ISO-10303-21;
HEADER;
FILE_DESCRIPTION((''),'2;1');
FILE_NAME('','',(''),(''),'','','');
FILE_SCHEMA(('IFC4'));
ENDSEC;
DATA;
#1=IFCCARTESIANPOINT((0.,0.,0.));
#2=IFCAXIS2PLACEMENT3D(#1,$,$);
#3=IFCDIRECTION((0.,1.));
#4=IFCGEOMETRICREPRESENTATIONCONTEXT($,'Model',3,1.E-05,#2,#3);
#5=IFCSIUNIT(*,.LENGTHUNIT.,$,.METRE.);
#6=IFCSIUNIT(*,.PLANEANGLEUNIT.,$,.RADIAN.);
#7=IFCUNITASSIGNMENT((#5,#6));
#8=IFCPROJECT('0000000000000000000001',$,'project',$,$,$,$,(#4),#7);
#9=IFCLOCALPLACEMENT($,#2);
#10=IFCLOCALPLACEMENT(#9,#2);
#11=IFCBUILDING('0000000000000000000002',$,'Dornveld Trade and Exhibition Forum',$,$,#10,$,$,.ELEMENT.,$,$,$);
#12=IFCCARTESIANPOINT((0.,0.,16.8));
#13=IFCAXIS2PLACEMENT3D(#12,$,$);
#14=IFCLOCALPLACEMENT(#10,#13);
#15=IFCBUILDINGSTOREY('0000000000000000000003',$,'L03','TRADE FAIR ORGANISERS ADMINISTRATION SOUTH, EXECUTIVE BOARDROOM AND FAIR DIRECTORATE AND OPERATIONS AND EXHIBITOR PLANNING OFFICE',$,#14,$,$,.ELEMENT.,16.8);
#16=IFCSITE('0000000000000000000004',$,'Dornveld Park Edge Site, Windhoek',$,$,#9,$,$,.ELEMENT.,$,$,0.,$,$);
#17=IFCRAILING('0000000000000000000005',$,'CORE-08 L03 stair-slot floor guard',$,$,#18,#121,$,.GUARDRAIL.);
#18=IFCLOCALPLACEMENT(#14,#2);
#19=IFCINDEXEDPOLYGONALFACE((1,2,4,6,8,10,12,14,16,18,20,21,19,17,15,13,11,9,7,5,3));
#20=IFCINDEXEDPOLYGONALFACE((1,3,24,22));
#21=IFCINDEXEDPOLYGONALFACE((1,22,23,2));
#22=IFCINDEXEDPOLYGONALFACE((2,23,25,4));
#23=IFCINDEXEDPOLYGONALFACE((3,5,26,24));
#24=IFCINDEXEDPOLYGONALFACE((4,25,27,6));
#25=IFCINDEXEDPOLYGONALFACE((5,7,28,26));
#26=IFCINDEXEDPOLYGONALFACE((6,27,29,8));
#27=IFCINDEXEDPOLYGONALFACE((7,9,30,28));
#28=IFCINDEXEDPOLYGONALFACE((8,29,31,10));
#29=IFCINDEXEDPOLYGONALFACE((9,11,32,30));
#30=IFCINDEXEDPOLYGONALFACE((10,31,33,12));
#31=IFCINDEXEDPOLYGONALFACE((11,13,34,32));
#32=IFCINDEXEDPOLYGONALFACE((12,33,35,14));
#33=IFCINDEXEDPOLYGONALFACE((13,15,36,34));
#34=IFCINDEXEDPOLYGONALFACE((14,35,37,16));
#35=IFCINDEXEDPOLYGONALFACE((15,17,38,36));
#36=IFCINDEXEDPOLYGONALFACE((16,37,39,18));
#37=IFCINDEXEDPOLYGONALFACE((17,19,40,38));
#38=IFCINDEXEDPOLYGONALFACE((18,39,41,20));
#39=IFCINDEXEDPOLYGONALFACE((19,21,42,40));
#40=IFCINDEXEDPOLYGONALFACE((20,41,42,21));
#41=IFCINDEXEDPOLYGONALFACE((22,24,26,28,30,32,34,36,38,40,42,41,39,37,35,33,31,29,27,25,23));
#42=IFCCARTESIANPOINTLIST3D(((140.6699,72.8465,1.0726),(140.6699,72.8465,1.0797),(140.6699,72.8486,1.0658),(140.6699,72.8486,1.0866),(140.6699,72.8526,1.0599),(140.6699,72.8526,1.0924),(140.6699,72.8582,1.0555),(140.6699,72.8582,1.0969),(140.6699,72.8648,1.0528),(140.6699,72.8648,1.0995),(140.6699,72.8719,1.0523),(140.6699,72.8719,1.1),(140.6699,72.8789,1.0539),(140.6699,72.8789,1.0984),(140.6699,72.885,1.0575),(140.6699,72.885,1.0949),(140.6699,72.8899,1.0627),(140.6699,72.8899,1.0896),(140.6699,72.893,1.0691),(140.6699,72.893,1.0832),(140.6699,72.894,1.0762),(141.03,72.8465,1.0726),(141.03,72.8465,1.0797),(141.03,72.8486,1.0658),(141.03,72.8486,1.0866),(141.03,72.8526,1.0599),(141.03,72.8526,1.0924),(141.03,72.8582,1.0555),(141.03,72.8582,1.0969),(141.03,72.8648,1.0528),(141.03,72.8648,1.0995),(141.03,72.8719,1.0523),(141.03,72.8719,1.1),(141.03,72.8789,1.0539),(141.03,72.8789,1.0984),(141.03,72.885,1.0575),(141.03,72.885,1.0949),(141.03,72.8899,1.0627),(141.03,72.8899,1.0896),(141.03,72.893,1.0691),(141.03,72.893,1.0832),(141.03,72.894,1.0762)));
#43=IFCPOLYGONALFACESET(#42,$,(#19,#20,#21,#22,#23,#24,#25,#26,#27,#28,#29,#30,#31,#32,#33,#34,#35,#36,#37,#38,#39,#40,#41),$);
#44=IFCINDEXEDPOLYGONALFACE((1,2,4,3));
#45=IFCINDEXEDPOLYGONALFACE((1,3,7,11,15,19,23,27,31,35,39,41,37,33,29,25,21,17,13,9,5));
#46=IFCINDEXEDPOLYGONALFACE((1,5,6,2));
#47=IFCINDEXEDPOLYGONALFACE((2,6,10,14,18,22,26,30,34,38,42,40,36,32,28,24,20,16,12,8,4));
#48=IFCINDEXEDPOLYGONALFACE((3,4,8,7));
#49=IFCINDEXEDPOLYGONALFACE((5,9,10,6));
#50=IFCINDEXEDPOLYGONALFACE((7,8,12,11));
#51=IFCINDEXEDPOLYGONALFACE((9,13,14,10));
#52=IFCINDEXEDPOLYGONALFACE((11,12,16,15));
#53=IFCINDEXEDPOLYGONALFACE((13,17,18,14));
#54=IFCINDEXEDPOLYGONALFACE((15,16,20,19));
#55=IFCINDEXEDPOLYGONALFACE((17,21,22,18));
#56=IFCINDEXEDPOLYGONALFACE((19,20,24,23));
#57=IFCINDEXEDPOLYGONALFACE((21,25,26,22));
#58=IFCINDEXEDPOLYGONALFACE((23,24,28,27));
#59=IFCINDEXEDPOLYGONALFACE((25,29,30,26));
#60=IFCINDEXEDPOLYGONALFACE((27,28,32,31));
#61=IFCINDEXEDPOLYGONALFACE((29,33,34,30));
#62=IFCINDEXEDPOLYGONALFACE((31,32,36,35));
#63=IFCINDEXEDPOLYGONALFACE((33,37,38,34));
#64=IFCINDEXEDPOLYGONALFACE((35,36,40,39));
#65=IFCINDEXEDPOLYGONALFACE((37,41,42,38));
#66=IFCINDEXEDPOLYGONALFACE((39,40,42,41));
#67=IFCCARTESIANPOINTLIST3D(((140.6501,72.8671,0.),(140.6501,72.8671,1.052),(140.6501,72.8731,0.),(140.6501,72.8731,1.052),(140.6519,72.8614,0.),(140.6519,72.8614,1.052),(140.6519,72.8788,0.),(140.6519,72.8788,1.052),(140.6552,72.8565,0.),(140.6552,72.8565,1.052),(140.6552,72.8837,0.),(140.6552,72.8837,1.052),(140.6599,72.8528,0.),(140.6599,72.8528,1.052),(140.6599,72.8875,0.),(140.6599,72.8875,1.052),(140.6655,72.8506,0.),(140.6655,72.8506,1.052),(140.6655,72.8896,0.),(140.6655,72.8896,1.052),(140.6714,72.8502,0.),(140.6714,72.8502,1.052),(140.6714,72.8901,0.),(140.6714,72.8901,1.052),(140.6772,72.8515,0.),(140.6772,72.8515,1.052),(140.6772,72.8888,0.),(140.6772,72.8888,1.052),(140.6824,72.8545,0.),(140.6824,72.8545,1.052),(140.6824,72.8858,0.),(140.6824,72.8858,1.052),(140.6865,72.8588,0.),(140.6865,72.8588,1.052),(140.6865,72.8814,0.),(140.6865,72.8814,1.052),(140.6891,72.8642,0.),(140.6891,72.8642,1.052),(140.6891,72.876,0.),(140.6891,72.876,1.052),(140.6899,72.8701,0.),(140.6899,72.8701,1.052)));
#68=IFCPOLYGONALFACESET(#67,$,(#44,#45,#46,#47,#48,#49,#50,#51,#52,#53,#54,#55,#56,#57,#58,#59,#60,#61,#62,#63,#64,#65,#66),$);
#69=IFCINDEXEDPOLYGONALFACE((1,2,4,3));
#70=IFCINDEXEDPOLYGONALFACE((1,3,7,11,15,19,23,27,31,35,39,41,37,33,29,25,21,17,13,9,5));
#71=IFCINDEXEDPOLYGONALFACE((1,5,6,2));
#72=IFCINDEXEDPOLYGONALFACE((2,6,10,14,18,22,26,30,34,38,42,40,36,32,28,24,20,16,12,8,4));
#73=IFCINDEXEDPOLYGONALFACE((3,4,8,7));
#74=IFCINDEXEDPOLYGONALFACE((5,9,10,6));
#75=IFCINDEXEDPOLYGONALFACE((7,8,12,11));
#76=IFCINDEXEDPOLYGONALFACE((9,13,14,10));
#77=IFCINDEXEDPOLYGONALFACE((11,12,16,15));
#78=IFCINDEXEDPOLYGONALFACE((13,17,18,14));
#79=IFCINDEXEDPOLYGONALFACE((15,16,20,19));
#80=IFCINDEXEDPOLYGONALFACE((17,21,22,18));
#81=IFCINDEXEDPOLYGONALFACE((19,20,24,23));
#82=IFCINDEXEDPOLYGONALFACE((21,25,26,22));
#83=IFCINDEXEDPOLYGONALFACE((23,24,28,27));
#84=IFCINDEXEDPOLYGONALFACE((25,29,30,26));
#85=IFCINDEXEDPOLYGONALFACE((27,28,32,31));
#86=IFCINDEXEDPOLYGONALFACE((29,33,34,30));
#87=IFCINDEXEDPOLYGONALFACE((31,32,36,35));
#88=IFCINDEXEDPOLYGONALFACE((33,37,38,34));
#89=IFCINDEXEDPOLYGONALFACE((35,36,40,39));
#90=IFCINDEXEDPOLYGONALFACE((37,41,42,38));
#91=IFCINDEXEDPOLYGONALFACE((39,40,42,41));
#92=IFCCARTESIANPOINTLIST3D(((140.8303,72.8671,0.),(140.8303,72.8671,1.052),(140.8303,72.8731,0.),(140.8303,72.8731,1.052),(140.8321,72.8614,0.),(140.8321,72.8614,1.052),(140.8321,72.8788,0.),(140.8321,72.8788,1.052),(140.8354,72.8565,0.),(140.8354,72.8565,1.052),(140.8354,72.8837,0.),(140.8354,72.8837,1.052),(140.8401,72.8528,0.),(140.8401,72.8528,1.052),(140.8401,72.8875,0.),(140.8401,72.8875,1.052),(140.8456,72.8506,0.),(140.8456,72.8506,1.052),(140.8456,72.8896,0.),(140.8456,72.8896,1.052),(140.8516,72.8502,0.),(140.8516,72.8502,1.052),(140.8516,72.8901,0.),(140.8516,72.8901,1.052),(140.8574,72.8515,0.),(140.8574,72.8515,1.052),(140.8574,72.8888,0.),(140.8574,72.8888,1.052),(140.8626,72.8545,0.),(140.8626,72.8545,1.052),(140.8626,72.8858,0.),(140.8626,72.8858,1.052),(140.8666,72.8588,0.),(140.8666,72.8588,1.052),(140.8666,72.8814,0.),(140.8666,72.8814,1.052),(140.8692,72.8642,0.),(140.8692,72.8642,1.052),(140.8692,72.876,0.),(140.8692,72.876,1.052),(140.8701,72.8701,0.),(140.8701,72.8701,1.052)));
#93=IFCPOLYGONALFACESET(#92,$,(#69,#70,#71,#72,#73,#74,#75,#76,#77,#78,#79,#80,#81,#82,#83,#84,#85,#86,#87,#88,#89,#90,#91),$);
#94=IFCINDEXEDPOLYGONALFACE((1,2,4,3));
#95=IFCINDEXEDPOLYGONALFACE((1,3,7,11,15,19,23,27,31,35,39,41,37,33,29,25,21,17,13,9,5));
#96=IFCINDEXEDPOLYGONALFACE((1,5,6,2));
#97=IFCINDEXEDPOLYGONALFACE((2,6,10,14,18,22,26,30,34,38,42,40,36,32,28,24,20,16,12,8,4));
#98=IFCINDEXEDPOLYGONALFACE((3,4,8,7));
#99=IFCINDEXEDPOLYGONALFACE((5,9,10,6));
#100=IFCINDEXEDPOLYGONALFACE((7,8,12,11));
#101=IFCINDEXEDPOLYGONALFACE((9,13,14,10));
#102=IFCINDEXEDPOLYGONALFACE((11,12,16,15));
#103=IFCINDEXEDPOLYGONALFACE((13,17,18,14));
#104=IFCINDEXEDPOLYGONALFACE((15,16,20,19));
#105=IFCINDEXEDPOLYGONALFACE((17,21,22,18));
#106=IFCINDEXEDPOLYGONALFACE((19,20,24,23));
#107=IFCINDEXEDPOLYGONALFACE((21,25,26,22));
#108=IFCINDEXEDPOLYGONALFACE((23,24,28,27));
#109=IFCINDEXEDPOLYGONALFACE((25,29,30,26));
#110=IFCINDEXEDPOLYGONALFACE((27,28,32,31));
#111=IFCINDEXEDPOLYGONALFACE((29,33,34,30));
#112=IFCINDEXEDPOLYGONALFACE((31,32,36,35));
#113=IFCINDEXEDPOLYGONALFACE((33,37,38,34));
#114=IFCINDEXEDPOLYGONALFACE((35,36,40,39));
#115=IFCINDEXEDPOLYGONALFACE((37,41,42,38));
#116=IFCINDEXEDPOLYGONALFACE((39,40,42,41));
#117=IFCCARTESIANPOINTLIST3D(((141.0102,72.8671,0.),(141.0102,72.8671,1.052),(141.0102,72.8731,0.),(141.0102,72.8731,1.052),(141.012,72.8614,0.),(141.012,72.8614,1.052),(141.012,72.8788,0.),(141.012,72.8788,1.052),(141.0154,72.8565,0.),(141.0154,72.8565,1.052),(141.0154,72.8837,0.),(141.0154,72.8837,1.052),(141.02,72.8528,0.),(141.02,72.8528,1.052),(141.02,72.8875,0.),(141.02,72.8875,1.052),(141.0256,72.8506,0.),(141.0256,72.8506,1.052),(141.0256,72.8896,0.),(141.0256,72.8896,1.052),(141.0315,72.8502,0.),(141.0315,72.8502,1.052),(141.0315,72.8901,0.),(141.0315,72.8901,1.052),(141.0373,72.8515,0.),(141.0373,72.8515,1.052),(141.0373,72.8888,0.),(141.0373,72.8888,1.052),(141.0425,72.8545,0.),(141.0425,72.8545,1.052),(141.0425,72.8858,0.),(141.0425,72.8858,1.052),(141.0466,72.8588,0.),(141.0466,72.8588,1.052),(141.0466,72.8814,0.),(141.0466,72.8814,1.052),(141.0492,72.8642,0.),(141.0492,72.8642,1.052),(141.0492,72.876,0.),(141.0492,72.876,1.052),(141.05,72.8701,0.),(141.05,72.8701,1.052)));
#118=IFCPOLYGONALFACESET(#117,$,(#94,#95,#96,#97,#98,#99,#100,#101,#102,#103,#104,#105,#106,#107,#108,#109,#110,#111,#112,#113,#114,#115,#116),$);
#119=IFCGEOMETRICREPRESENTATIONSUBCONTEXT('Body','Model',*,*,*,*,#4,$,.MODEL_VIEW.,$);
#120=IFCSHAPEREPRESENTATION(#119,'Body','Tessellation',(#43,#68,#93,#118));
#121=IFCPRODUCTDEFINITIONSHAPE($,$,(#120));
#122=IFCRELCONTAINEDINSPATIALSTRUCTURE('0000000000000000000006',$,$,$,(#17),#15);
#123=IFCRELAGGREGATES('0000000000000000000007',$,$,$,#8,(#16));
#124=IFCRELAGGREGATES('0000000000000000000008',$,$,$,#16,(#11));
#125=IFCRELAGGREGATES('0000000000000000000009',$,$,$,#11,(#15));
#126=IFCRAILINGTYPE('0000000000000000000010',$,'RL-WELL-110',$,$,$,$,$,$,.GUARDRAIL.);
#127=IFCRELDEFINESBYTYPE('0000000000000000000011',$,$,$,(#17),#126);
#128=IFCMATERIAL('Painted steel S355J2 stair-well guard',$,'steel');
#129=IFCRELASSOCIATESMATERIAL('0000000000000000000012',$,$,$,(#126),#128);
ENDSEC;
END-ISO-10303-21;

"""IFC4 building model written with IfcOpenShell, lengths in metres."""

from ifc_helpers import new_model, si_unit, direction, frame, origin, origin_2d, place, context, subcontext, project, spatial, circle, extrude, material, type_object, element, save


model = new_model("IFC4")

# Units and contexts
model_context = context("Model", 3, precision=1e-05, world=origin(), true_north=direction((0.0, 1.0)))
body_context = subcontext(model_context, "Body", "Model", "MODEL_VIEW")
ifc_project = project(units=[si_unit("LENGTHUNIT", "METRE"), si_unit("PLANEANGLEUNIT", "RADIAN")], contexts=[model_context])

# Site, building, storey
site_placement = place(None, origin())
site = spatial("IfcSite", under=ifc_project, at=site_placement, Name="Dornveld Park Edge Site, Windhoek", CompositionType="ELEMENT", RefElevation=0.0)
building_placement = place(site_placement, origin())
building = spatial("IfcBuilding", under=site, at=building_placement, Name="Dornveld Trade and Exhibition Forum", CompositionType="ELEMENT")
storey_placement = place(building_placement, frame((0.0, 0.0, 16.8)))
storey = spatial("IfcBuildingStorey", under=building, at=storey_placement, Name="L03", Description="TRADE FAIR ORGANISERS ADMINISTRATION SOUTH, EXECUTIVE BOARDROOM AND FAIR DIRECTORATE AND OPERATIONS AND EXHIBITOR PLANNING OFFICE", CompositionType="ELEMENT", Elevation=16.8)

# Railing
ifc_material_1 = material(Name="Painted steel S355J2 stair-well guard", Category="steel")
railing_type_1 = type_object("IfcRailingType", Name="RL-WELL-110", PredefinedType="GUARDRAIL", material=ifc_material_1)
railing_1_placement = place(storey_placement, frame((140.6699, 72.8701, 0.0)))
element("IfcRailing", 1, at=railing_1_placement, inside=storey, type_object=railing_type_1, Name="CORE-08 L03 stair-slot floor guard", PredefinedType="GUARDRAIL", context=body_context, shape_type="SweptSolid", body=[
    extrude(circle(Radius=0.0239, at=origin_2d()), frame((0.0, 0.0, 1.0762), z_axis=(1.0, 0.0, 0.0), x_axis=(0.0, 1.0, 0.0)), (0.0, 0.0, 1.0), 0.3601),
    extrude(circle(Radius=0.02, at=origin_2d()), origin(), (0.0, 0.0, 1.0), 1.052),
    extrude(circle(Radius=0.02, at=origin_2d()), frame((0.1802, 0.0, 0.0)), (0.0, 0.0, 1.0), 1.052),
    extrude(circle(Radius=0.02, at=origin_2d()), frame((0.3601, 0.0, 0.0)), (0.0, 0.0, 1.0), 1.052),
])

save(model, "model.ifc")
